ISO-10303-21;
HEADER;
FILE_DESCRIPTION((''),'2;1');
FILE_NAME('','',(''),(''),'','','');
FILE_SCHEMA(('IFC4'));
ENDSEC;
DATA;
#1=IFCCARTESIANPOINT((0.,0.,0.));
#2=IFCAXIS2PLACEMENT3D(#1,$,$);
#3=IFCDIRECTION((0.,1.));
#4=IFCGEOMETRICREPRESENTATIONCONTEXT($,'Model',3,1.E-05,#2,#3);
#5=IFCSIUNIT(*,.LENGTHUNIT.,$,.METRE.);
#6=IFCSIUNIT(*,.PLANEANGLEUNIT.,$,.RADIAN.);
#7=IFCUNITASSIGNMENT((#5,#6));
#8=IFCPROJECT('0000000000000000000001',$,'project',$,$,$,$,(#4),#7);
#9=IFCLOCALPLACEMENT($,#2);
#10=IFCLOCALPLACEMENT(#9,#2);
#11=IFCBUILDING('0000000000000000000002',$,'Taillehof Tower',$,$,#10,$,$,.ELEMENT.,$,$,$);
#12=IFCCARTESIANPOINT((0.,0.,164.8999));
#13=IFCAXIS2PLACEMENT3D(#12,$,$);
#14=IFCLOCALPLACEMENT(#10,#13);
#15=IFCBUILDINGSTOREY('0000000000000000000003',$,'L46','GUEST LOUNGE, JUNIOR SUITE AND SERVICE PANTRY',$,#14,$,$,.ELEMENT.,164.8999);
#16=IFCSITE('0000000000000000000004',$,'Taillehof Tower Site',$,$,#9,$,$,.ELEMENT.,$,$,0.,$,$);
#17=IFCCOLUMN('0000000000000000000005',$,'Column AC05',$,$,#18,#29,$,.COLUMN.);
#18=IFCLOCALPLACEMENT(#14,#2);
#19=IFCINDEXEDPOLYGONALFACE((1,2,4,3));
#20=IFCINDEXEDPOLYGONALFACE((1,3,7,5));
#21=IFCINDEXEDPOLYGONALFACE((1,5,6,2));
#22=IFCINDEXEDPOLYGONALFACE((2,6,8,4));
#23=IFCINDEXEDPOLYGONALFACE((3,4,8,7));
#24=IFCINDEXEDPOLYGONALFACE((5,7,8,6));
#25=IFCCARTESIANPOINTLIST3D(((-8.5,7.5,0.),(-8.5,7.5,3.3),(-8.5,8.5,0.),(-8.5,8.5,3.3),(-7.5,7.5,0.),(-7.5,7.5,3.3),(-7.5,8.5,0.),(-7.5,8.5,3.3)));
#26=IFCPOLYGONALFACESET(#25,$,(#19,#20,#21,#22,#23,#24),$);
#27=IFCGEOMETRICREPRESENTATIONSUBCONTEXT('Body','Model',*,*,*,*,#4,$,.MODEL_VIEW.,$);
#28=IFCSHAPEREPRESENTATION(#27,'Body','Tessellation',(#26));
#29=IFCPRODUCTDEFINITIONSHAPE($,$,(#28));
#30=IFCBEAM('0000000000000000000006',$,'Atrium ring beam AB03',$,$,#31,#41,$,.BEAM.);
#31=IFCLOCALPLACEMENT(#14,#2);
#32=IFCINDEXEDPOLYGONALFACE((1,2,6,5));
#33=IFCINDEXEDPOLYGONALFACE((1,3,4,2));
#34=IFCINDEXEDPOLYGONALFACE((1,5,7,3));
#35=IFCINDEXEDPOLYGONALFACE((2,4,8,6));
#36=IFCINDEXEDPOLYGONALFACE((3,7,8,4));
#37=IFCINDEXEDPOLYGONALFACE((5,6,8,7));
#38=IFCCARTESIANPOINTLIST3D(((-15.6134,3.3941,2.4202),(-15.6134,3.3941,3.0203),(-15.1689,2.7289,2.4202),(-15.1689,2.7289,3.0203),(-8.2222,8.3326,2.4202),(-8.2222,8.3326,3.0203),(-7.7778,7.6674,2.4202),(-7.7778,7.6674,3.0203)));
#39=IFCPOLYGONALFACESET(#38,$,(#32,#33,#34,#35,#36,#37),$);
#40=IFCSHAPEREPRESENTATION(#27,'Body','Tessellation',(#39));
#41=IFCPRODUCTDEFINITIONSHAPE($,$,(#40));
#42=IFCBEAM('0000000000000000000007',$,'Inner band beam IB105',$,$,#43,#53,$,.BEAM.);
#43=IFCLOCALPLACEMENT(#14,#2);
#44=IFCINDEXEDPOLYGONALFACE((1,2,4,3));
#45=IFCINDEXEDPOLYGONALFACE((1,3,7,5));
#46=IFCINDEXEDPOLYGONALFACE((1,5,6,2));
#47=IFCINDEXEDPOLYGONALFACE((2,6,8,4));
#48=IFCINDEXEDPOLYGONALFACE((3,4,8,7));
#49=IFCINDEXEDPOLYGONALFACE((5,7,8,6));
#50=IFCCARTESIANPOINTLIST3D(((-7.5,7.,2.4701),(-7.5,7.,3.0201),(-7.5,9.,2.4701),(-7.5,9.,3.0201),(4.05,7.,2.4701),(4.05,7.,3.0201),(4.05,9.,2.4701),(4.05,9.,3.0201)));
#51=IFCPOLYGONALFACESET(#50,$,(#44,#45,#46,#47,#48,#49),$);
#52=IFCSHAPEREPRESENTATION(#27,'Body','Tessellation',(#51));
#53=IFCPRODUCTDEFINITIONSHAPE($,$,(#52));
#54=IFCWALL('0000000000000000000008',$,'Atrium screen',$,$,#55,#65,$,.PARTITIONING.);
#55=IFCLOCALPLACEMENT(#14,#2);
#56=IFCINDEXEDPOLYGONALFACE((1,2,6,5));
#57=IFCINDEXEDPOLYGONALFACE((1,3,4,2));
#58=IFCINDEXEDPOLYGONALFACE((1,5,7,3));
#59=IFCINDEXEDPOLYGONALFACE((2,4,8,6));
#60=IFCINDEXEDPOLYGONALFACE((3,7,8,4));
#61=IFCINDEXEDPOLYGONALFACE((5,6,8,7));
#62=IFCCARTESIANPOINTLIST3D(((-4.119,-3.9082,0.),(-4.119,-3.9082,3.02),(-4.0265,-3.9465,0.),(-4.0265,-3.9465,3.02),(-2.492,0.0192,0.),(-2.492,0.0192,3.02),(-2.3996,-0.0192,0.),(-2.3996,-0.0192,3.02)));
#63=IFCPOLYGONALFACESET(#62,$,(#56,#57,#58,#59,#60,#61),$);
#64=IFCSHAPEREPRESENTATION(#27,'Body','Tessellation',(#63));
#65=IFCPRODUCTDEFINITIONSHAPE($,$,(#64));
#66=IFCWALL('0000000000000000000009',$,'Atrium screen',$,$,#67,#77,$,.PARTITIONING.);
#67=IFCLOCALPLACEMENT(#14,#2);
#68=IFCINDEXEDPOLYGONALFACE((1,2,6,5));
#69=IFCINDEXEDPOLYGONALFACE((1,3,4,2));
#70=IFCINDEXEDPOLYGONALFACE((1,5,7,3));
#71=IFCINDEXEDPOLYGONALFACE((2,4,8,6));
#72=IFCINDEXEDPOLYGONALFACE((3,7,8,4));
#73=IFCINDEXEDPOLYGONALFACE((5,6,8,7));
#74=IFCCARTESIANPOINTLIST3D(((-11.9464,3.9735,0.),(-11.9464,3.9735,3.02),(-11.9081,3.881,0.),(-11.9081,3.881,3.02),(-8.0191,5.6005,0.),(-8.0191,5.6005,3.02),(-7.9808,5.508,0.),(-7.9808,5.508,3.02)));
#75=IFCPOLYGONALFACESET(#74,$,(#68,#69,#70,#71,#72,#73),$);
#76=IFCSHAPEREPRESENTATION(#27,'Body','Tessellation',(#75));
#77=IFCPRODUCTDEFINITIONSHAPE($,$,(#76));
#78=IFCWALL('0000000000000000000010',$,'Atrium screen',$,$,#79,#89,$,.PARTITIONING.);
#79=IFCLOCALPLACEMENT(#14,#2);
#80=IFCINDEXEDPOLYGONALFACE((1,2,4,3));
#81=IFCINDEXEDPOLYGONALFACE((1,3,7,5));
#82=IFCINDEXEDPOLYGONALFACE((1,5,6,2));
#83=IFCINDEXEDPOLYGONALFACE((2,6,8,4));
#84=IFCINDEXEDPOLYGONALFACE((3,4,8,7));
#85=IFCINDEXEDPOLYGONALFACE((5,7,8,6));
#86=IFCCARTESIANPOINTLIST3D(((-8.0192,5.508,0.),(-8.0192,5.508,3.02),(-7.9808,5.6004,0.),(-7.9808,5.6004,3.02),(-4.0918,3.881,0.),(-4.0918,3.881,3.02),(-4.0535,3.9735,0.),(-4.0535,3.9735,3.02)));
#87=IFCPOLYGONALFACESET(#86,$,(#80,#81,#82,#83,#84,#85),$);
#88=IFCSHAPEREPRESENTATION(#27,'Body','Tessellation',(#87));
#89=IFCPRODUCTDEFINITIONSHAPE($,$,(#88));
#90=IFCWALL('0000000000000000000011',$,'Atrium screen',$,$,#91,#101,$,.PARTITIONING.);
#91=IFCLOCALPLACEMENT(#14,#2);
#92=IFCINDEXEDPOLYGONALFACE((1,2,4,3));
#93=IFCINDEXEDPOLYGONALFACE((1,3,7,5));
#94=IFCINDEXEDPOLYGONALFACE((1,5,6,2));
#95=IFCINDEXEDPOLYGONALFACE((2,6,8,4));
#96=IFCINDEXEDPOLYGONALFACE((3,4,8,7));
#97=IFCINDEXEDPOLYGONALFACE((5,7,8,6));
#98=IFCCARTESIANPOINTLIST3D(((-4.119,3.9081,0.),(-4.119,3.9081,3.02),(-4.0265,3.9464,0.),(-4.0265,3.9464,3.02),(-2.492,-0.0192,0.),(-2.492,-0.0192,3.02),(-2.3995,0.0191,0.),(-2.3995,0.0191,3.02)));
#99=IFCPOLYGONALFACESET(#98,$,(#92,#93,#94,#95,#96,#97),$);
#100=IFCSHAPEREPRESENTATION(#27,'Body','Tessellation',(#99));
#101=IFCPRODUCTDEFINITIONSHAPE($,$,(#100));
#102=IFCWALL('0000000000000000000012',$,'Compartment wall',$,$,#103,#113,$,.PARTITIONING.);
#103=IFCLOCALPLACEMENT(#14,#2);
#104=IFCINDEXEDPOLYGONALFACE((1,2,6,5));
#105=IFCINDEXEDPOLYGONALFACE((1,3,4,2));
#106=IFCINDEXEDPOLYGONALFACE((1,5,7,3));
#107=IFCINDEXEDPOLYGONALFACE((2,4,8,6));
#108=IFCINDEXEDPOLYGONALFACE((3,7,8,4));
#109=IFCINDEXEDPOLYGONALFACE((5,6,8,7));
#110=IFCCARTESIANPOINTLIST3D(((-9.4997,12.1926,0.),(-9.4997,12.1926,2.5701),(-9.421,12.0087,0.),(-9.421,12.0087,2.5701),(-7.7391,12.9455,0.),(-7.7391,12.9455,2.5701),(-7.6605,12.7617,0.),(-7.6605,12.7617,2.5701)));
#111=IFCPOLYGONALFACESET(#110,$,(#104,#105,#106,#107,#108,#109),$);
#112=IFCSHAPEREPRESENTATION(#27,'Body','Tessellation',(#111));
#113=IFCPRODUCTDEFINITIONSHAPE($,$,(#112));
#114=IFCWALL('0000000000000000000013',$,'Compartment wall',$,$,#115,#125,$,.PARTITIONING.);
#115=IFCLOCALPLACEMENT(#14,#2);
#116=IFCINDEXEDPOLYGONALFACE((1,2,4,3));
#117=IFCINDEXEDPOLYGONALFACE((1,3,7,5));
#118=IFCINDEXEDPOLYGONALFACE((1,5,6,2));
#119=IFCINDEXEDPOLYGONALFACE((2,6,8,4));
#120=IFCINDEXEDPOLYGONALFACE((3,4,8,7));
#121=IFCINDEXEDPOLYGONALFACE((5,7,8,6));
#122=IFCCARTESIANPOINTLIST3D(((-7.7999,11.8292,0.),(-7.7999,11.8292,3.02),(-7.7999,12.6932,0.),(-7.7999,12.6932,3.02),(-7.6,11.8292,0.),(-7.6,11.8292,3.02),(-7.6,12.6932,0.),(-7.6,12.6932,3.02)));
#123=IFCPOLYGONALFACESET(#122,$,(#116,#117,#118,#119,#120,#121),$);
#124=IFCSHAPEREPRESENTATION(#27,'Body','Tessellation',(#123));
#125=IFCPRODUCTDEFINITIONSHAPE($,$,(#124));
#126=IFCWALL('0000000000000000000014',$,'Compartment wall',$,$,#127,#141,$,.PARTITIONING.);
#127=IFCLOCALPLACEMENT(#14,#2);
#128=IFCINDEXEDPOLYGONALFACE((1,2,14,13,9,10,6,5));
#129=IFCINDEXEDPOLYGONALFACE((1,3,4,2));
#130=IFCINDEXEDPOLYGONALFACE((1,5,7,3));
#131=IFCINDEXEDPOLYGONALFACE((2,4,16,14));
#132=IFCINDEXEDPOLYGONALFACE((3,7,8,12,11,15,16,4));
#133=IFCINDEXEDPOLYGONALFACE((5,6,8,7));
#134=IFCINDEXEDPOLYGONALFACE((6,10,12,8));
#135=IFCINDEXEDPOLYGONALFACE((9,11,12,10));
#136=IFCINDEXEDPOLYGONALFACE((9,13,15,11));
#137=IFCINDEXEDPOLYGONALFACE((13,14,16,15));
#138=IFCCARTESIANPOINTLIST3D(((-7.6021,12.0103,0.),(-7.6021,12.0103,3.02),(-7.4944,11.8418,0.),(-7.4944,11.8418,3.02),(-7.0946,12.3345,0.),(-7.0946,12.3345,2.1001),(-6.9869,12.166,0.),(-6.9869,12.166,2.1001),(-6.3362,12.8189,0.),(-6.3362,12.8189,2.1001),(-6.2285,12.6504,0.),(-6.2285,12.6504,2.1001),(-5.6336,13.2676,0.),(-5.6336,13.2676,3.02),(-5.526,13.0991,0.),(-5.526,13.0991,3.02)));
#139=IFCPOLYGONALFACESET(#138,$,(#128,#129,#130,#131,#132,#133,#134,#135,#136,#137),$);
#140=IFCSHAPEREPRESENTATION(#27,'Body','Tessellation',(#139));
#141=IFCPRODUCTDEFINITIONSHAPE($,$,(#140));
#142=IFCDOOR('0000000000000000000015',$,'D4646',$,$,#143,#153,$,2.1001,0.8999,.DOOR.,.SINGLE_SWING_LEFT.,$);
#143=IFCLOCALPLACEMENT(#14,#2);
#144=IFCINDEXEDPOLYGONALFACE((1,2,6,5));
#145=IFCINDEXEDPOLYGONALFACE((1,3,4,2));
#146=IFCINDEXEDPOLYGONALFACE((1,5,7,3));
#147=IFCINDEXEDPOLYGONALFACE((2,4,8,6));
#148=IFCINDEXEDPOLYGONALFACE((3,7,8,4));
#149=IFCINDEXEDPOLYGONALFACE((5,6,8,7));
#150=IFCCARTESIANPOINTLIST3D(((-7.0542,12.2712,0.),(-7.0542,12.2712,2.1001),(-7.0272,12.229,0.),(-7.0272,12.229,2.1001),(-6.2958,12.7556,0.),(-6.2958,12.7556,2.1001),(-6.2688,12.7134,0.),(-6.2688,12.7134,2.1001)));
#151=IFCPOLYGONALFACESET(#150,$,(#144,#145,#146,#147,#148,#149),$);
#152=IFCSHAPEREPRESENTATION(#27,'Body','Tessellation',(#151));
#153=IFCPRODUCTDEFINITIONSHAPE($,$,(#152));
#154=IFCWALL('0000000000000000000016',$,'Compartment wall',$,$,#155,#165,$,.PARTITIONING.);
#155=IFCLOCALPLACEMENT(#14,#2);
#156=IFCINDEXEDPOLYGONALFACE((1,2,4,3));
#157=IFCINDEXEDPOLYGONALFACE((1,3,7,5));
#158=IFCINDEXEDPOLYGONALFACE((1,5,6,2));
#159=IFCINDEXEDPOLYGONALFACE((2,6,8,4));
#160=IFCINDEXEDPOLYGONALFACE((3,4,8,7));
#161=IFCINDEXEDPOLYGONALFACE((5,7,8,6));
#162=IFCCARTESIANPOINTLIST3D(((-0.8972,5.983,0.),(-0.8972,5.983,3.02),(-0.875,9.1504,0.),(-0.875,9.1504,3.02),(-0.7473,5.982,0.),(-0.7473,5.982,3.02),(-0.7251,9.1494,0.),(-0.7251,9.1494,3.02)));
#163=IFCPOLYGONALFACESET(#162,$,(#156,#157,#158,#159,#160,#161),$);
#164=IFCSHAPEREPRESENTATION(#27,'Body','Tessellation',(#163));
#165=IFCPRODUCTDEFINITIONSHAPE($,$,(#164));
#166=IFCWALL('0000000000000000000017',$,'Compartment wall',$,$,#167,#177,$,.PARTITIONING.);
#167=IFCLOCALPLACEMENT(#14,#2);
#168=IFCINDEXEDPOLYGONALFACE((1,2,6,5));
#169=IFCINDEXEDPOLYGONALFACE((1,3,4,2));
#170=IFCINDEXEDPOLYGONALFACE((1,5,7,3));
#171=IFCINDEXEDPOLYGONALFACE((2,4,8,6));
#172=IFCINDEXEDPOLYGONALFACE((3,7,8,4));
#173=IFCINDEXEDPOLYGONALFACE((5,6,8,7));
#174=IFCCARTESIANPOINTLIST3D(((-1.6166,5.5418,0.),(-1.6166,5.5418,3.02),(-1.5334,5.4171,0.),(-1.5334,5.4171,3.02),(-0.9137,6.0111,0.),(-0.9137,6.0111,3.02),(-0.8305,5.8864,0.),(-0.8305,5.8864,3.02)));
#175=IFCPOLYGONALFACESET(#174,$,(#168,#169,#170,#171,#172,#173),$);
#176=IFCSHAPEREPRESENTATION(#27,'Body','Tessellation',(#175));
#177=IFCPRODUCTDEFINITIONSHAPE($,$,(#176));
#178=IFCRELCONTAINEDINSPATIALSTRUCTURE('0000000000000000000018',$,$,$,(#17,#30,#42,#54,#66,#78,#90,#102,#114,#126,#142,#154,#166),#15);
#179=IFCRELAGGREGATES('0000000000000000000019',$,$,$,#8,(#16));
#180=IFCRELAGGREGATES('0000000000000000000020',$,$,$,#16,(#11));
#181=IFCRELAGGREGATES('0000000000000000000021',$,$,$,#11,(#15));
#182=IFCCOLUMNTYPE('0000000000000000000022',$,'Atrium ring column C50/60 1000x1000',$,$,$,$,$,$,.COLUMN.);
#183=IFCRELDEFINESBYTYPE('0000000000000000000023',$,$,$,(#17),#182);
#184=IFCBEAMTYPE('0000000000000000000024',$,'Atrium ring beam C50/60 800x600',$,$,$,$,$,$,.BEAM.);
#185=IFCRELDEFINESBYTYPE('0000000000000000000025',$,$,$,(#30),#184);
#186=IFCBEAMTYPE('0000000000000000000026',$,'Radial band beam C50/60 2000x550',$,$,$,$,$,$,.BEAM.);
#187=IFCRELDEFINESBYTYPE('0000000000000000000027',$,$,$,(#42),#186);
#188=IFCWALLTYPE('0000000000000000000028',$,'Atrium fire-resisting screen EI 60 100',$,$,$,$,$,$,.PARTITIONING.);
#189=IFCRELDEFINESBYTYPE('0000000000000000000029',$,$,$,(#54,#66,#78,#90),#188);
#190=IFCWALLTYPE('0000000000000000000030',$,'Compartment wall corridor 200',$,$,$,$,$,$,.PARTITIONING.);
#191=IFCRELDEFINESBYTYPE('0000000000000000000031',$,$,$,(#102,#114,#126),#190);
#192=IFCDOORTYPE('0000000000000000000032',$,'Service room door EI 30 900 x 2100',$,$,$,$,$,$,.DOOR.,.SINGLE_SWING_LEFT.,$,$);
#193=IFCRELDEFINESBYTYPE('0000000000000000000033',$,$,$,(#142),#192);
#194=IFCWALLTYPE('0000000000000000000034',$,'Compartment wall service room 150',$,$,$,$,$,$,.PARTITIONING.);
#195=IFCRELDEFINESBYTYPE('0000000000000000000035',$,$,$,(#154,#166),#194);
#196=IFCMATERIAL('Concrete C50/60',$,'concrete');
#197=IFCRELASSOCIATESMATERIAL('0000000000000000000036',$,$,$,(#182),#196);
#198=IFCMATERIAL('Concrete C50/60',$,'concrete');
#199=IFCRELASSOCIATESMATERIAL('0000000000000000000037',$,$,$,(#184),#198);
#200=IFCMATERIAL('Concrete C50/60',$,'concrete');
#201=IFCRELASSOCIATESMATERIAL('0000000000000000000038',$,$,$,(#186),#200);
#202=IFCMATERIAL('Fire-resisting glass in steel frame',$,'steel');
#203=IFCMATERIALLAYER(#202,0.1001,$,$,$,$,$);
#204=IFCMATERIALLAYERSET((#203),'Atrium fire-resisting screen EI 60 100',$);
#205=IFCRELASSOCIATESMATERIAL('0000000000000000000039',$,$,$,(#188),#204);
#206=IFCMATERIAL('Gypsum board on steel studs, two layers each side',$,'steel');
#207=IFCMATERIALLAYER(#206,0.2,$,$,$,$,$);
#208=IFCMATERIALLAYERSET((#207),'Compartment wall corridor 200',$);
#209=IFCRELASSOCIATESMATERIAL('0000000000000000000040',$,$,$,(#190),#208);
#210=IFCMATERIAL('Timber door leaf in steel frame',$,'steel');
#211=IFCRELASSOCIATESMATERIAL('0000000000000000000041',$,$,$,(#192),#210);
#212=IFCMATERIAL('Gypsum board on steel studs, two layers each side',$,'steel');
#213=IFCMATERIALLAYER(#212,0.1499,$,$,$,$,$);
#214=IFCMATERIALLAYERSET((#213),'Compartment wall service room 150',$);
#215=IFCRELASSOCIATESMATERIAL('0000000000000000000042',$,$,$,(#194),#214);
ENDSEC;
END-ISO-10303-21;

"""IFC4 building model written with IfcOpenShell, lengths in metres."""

from ifc_helpers import new_model, si_unit, direction, frame, frame_2d, origin, origin_2d, place, context, subcontext, project, spatial, rectangle, extrude, material, layer, layer_set, material_profile, profile_set, type_object, element, fill, save


model = new_model("IFC4")

# Units and contexts
model_context = context("Model", 3, precision=1e-05, world=origin(), true_north=direction((0.0, 1.0)))
body_context = subcontext(model_context, "Body", "Model", "MODEL_VIEW")
ifc_project = project(units=[si_unit("LENGTHUNIT", "METRE"), si_unit("PLANEANGLEUNIT", "RADIAN")], contexts=[model_context])

# Site, building, storey
site_placement = place(None, origin())
site = spatial("IfcSite", under=ifc_project, at=site_placement, Name="Taillehof Tower Site", CompositionType="ELEMENT", RefElevation=0.0)
building_placement = place(site_placement, origin())
building = spatial("IfcBuilding", under=site, at=building_placement, Name="Taillehof Tower", CompositionType="ELEMENT")
storey_placement = place(building_placement, frame((0.0, 0.0, 164.8999)))
storey = spatial("IfcBuildingStorey", under=building, at=storey_placement, Name="L46", Description="GUEST LOUNGE, JUNIOR SUITE AND SERVICE PANTRY", CompositionType="ELEMENT", Elevation=164.8999)

# Column
ifc_material_1 = material(Name="Concrete C50/60", Category="concrete")
ifc_material_profile_1 = material_profile(ifc_material_1, rectangle(XDim=1.0, YDim=1.0, at=origin_2d()), Name="RC 1000x1000")
ifc_profile_set_1 = profile_set([ifc_material_profile_1], Name="Concrete C50/60")
column_type = type_object("IfcColumnType", Name="Atrium ring column C50/60 1000x1000", PredefinedType="COLUMN", material=ifc_profile_set_1)
column_placement = place(storey_placement, frame((-8.0, 8.0, 0.0), z_axis=(0.0, 0.0, 1.0), x_axis=(1.0, 0.0, 0.0)))
element("IfcColumn", 1, at=column_placement, inside=storey, type_object=column_type, Name="Column AC05", PredefinedType="COLUMN", context=body_context, shape_type="SweptSolid", body=[
    extrude(rectangle(XDim=1.0, YDim=1.0, at=origin_2d()), origin(), (0.0, 0.0, 1.0), 3.3),
])

# Beams
ifc_material_2 = material(Name="Concrete C50/60", Category="concrete")
ifc_material_profile_2 = material_profile(ifc_material_2, rectangle(XDim=0.8, YDim=0.6001, at=origin_2d()), Name="RC 800x600")
ifc_profile_set_2 = profile_set([ifc_material_profile_2], Name="Concrete C50/60")
beam_type_1 = type_object("IfcBeamType", Name="Atrium ring beam C50/60 800x600", PredefinedType="BEAM", material=ifc_profile_set_2)
beam_1_placement = place(storey_placement, frame((-8.0, 8.0, 2.7202), z_axis=(-0.831475, -0.555562, 0.0), x_axis=(0.555562, -0.831475, 0.0)))
element("IfcBeam", 2, at=beam_1_placement, inside=storey, type_object=beam_type_1, Name="Atrium ring beam AB03", PredefinedType="BEAM", context=body_context, shape_type="SweptSolid", body=[
    extrude(rectangle(XDim=0.8, YDim=0.6001, at=origin_2d()), origin(), (0.0, 0.0, 1.0), 8.8892),
])
ifc_material_3 = material(Name="Concrete C50/60", Category="concrete")
ifc_material_profile_3 = material_profile(ifc_material_3, rectangle(XDim=2.0, YDim=0.55, at=origin_2d()), Name="RC 2000x550")
ifc_profile_set_3 = profile_set([ifc_material_profile_3], Name="Concrete C50/60")
beam_type_2 = type_object("IfcBeamType", Name="Radial band beam C50/60 2000x550", PredefinedType="BEAM", material=ifc_profile_set_3)
beam_2_placement = place(storey_placement, frame((-7.5, 8.0, 2.7451), z_axis=(1.0, 0.0, 0.0), x_axis=(0.0, 1.0, 0.0)))
element("IfcBeam", 3, at=beam_2_placement, inside=storey, type_object=beam_type_2, Name="Inner band beam IB105", PredefinedType="BEAM", context=body_context, shape_type="SweptSolid", body=[
    extrude(rectangle(XDim=2.0, YDim=0.55, at=origin_2d()), origin(), (0.0, 0.0, 1.0), 11.55),
])

# Walls
ifc_material_4 = material(Name="Fire-resisting glass in steel frame", Category="steel")
ifc_layer_1 = layer(ifc_material_4, 0.1001)
ifc_layer_set_1 = layer_set([ifc_layer_1], Name="Atrium fire-resisting screen EI 60 100")
wall_type_1 = type_object("IfcWallType", Name="Atrium fire-resisting screen EI 60 100", PredefinedType="PARTITIONING", material=ifc_layer_set_1)
for number, where, z_axis, x_axis, name in (
    (4, (-2.4458, 0.0, 0.0), (0.0, 0.0, 1.0), (-0.382731, -0.92386, 0.0), "Atrium screen"),
    (5, (-11.9272, 3.9272, 0.0), (0.0, 0.0, 1.0), (0.92386, 0.382731, 0.0), "Atrium screen"),
    (6, (-8.0, 5.5542, 0.0), (0.0, 0.0, 1.0), (0.92386, -0.382731, 0.0), "Atrium screen"),
    (7, (-4.0728, 3.9272, 0.0), (0.0, 0.0, 1.0), (0.382731, -0.92386, 0.0), "Atrium screen"),
):
    element("IfcWall", number, at=place(storey_placement, frame(where, z_axis=z_axis, x_axis=x_axis)), inside=storey, type_object=wall_type_1, Name=name, PredefinedType="PARTITIONING", context=body_context, shape_type="SweptSolid", body=[
        extrude(rectangle(XDim=4.251, YDim=0.1001, at=frame_2d((2.1255, 0.0))), origin(), (0.0, 0.0, 1.0), 3.02),
    ])
ifc_material_5 = material(Name="Gypsum board on steel studs, two layers each side", Category="steel")
ifc_layer_2 = layer(ifc_material_5, 0.2)
ifc_layer_set_2 = layer_set([ifc_layer_2], Name="Compartment wall corridor 200")
wall_type_2 = type_object("IfcWallType", Name="Compartment wall corridor 200", PredefinedType="PARTITIONING", material=ifc_layer_set_2)
wall_1_placement = place(storey_placement, frame((-9.4604, 12.1006, 0.0), z_axis=(0.0, 0.0, 1.0), x_axis=(0.919442, 0.393227, 0.0)))
element("IfcWall", 8, at=wall_1_placement, inside=storey, type_object=wall_type_2, Name="Compartment wall", PredefinedType="PARTITIONING", context=body_context, shape_type="SweptSolid", body=[
    extrude(rectangle(XDim=1.9148, YDim=0.2, at=frame_2d((0.9575, 0.0))), origin(), (0.0, 0.0, 1.0), 2.5701),
])
wall_2_placement = place(storey_placement, frame((-7.7, 12.6934, 0.0), z_axis=(0.0, 0.0, 1.0), x_axis=(0.0, -1.0, 0.0)))
element("IfcWall", 9, at=wall_2_placement, inside=storey, type_object=wall_type_2, Name="Compartment wall", PredefinedType="PARTITIONING", context=body_context, shape_type="SweptSolid", body=[
    extrude(rectangle(XDim=0.864, YDim=0.2, at=frame_2d((0.4321, 0.0))), origin(), (0.0, 0.0, 1.0), 3.02),
])

# Wall, opening, door
wall_3_placement = place(storey_placement, frame((-7.5483, 11.926, 0.0), z_axis=(0.0, 0.0, 1.0), x_axis=(0.842761, 0.538288, 0.0)))
wall_3 = element("IfcWall", 10, at=wall_3_placement, inside=storey, type_object=wall_type_2, Name="Compartment wall", PredefinedType="PARTITIONING", context=body_context, shape_type="SweptSolid", body=[
    extrude(rectangle(XDim=2.3357, YDim=0.2, at=frame_2d((1.168, 0.0))), origin(), (0.0, 0.0, 1.0), 3.02),
])
opening_1_placement = place(wall_3_placement, frame((0.6023, 0.0, 0.0)))
opening_1 = element("IfcOpeningElement", 11, at=opening_1_placement, cuts=wall_3, PredefinedType="OPENING", context=body_context, shape_type="SweptSolid", body=[
    extrude(rectangle(XDim=0.8999, YDim=2.1001, at=frame_2d((0.45, 1.05))), frame((0.0, 0.1099, 0.0), z_axis=(0.0, -1.0, 0.0), x_axis=(1.0, 0.0, 0.0)), (0.0, 0.0, 1.0), 0.22),
])
ifc_material_6 = material(Name="Timber door leaf in steel frame", Category="steel")
door_type_1 = type_object("IfcDoorType", Name="Service room door EI 30 900 x 2100", OperationType="SINGLE_SWING_LEFT", PredefinedType="DOOR", material=ifc_material_6)
door_1_placement = place(opening_1_placement, origin())
door_1 = element("IfcDoor", 12, at=door_1_placement, inside=storey, type_object=door_type_1, Name="D4646", OperationType="SINGLE_SWING_LEFT", OverallHeight=2.1001, OverallWidth=0.8999, PredefinedType="DOOR", context=body_context, shape_type="SweptSolid", body=[
    extrude(rectangle(XDim=0.8999, YDim=2.1001, at=frame_2d((0.45, 1.05))), frame((0.0, 0.0249, 0.0), z_axis=(0.0, -1.0, 0.0), x_axis=(1.0, 0.0, 0.0)), (0.0, 0.0, 1.0), 0.05),
])
fill(opening_1, door_1)

# Walls
ifc_material_7 = material(Name="Gypsum board on steel studs, two layers each side", Category="steel")
ifc_layer_3 = layer(ifc_material_7, 0.1499)
ifc_layer_set_3 = layer_set([ifc_layer_3], Name="Compartment wall service room 150")
wall_type_3 = type_object("IfcWallType", Name="Compartment wall service room 150", PredefinedType="PARTITIONING", material=ifc_layer_set_3)
wall_4_placement = place(storey_placement, frame((-0.8, 9.1499, 0.0), z_axis=(0.0, 0.0, 1.0), x_axis=(-0.007014, -0.999975, 0.0)))
element("IfcWall", 13, at=wall_4_placement, inside=storey, type_object=wall_type_3, Name="Compartment wall", PredefinedType="PARTITIONING", context=body_context, shape_type="SweptSolid", body=[
    extrude(rectangle(XDim=3.1675, YDim=0.1499, at=frame_2d((1.5837, 0.0))), origin(), (0.0, 0.0, 1.0), 3.02),
])
wall_5_placement = place(storey_placement, frame((-0.8721, 5.9487, 0.0), z_axis=(0.0, 0.0, 1.0), x_axis=(-0.831695, -0.555233, 0.0)))
element("IfcWall", 14, at=wall_5_placement, inside=storey, type_object=wall_type_3, Name="Compartment wall", PredefinedType="PARTITIONING", context=body_context, shape_type="SweptSolid", body=[
    extrude(rectangle(XDim=0.8452, YDim=0.1499, at=frame_2d((0.4226, 0.0))), origin(), (0.0, 0.0, 1.0), 3.02),
])

save(model, "model.ifc")
